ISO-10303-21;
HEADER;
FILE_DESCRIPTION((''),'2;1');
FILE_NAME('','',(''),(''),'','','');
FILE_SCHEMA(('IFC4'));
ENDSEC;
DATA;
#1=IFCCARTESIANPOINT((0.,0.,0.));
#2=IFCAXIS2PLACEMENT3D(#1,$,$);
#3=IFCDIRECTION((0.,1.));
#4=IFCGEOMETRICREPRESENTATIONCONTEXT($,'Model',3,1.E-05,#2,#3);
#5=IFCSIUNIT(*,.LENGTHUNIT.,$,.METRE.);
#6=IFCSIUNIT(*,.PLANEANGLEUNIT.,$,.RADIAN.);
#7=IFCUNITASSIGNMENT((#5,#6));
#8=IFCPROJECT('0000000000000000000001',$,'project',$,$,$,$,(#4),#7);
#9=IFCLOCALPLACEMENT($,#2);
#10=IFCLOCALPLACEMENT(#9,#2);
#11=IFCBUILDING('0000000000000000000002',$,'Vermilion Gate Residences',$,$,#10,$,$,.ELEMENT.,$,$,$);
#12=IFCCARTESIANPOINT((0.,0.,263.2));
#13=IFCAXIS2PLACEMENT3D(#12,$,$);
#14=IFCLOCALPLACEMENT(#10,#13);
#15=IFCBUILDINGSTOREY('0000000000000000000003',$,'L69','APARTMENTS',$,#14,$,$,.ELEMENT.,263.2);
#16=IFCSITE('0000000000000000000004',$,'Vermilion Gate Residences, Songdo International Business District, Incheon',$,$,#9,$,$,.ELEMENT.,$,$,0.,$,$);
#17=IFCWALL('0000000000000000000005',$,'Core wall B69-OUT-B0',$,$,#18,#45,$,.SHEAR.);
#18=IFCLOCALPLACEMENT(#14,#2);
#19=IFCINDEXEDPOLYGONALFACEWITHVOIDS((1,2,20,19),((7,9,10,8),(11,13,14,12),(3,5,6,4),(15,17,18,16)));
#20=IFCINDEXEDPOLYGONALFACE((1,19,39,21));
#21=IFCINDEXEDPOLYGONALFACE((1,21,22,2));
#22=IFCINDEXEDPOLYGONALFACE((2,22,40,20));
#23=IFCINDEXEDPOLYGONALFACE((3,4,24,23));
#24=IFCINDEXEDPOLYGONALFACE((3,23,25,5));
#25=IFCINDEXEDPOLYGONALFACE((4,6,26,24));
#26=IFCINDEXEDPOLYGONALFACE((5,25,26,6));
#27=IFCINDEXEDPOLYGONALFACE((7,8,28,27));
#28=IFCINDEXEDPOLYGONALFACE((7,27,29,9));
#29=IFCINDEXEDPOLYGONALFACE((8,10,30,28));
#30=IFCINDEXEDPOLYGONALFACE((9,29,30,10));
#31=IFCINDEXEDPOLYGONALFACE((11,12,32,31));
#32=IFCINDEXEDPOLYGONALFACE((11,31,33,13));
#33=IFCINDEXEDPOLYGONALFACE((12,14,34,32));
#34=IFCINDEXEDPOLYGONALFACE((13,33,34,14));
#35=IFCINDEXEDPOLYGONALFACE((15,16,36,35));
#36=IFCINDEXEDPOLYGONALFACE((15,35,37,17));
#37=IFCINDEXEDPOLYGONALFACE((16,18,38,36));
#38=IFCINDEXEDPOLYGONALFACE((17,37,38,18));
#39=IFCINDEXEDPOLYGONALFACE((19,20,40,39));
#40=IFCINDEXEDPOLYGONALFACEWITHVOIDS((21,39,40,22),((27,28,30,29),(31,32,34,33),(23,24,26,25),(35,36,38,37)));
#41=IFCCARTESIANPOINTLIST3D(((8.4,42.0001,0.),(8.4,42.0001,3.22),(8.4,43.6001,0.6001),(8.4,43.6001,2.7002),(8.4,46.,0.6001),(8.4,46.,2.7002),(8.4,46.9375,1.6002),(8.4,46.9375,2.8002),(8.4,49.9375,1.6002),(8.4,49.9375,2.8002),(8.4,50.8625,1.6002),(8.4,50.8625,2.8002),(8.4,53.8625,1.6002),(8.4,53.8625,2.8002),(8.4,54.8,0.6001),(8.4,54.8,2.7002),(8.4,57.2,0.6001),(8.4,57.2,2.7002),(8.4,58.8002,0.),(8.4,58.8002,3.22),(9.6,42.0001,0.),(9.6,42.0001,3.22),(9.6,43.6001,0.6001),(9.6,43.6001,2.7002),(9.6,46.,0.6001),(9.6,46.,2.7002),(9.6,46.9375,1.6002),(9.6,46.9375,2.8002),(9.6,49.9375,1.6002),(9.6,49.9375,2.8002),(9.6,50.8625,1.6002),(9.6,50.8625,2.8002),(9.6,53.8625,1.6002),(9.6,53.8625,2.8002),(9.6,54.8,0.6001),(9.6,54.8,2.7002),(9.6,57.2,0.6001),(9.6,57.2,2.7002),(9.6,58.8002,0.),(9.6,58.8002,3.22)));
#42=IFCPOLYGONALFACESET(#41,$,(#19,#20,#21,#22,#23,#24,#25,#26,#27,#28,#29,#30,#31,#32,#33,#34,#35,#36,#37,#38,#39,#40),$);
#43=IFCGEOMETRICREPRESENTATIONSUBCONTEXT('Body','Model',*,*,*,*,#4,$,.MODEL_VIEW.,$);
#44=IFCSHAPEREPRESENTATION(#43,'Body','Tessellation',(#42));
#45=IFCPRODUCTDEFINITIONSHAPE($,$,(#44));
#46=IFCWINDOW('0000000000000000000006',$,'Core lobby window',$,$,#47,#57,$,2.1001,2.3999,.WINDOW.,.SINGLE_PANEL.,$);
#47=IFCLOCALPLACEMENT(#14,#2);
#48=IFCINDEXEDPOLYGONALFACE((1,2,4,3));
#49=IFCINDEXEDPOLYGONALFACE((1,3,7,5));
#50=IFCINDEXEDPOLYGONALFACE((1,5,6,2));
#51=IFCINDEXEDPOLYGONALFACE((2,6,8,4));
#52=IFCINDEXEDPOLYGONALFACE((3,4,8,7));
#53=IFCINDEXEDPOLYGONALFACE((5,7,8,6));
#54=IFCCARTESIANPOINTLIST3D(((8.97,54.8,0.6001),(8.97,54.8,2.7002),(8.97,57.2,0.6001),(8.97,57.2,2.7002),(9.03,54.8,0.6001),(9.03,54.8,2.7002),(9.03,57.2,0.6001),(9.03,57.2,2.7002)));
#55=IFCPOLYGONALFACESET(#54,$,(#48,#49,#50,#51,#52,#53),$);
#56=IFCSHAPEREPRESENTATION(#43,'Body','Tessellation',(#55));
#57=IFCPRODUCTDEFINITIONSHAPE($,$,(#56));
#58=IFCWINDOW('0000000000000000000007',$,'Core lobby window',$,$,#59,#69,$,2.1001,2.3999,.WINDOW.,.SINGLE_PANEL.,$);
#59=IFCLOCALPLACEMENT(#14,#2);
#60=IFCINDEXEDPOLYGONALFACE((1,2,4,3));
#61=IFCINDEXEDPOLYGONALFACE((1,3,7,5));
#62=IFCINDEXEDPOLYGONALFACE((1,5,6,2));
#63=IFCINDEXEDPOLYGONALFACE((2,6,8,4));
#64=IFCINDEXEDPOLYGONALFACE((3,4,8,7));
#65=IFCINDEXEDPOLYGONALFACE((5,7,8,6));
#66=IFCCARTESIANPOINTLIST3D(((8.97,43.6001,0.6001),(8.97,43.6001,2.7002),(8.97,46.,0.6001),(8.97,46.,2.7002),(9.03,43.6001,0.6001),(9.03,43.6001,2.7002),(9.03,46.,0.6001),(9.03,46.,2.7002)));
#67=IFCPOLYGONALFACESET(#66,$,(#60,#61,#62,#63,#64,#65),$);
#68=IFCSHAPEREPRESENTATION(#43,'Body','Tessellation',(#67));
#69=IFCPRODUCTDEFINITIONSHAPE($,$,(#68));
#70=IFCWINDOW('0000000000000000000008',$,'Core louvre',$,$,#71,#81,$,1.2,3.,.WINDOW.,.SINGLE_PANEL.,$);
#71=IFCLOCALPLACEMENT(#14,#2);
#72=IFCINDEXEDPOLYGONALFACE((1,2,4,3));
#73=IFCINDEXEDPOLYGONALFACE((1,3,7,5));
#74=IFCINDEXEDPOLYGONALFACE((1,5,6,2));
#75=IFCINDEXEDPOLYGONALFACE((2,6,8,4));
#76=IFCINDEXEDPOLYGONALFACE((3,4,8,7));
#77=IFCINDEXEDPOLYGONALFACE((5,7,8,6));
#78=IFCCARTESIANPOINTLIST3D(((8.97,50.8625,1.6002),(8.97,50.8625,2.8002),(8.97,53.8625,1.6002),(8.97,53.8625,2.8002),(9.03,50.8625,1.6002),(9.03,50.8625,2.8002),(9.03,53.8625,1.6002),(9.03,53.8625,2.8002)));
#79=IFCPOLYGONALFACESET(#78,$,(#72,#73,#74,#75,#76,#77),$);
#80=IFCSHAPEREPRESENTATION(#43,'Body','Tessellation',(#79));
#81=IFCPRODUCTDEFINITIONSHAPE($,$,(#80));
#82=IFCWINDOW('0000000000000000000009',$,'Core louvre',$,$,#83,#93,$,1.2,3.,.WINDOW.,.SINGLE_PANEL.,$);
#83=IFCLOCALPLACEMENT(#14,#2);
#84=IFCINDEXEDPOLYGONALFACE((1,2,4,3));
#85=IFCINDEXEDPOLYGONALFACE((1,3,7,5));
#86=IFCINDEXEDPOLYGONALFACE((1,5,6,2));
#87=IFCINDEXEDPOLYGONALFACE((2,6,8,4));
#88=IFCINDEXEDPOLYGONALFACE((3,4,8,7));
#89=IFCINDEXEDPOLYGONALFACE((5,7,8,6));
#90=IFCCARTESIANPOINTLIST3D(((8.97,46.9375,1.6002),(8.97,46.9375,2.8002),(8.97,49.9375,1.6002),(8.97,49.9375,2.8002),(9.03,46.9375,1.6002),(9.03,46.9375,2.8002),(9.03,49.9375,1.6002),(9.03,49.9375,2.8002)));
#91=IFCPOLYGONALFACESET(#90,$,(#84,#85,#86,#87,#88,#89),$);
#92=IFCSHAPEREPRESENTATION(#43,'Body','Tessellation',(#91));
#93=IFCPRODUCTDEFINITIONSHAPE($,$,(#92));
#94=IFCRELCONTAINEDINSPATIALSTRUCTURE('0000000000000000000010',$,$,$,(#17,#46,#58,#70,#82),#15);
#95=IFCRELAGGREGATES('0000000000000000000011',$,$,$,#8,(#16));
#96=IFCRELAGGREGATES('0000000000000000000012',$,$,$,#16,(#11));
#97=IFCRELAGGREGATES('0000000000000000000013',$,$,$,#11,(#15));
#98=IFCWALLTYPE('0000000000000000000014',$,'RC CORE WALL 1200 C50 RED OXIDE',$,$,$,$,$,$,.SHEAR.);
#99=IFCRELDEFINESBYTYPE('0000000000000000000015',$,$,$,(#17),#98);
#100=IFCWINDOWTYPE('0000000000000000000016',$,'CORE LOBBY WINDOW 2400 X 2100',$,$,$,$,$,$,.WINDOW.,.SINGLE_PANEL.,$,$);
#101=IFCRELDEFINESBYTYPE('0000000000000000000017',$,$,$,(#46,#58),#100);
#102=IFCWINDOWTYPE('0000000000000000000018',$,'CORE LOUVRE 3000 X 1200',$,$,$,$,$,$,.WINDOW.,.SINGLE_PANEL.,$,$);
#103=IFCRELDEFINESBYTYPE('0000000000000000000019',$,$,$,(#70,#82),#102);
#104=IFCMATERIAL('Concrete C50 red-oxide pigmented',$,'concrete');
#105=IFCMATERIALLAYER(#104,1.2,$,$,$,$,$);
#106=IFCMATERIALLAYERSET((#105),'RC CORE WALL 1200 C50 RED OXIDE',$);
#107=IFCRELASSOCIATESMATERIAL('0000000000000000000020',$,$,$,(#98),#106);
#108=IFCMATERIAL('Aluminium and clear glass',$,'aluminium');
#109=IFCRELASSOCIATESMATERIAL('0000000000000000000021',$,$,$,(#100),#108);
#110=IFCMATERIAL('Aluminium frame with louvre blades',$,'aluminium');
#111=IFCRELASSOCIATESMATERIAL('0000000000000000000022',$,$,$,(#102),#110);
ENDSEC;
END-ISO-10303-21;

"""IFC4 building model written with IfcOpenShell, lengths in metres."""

from ifc_helpers import new_model, si_unit, direction, frame, frame_2d, origin, place, context, subcontext, project, spatial, rectangle, extrude, material, layer, layer_set, type_object, element, fill, save


model = new_model("IFC4")

# Units and contexts
model_context = context("Model", 3, precision=1e-05, world=origin(), true_north=direction((0.0, 1.0)))
body_context = subcontext(model_context, "Body", "Model", "MODEL_VIEW")
ifc_project = project(units=[si_unit("LENGTHUNIT", "METRE"), si_unit("PLANEANGLEUNIT", "RADIAN")], contexts=[model_context])

# Site, building, storey
site_placement = place(None, origin())
site = spatial("IfcSite", under=ifc_project, at=site_placement, Name="Vermilion Gate Residences, Songdo International Business District, Incheon", CompositionType="ELEMENT", RefElevation=0.0)
building_placement = place(site_placement, origin())
building = spatial("IfcBuilding", under=site, at=building_placement, Name="Vermilion Gate Residences", CompositionType="ELEMENT")
storey_placement = place(building_placement, frame((0.0, 0.0, 263.2)))
storey = spatial("IfcBuildingStorey", under=building, at=storey_placement, Name="L69", Description="APARTMENTS", CompositionType="ELEMENT", Elevation=263.2)

# Wall, openings, windows
ifc_material_1 = material(Name="Concrete C50 red-oxide pigmented", Category="concrete")
ifc_layer_1 = layer(ifc_material_1, 1.2)
ifc_layer_set_1 = layer_set([ifc_layer_1], Name="RC CORE WALL 1200 C50 RED OXIDE")
wall_type_1 = type_object("IfcWallType", Name="RC CORE WALL 1200 C50 RED OXIDE", PredefinedType="SHEAR", material=ifc_layer_set_1)
wall_1_placement = place(storey_placement, frame((9.0, 58.8, 0.0), z_axis=(0.0, 0.0, 1.0), x_axis=(0.0, -1.0, 0.0)))
wall_1 = element("IfcWall", 1, at=wall_1_placement, inside=storey, type_object=wall_type_1, Name="Core wall B69-OUT-B0", PredefinedType="SHEAR", context=body_context, shape_type="SweptSolid", body=[
    extrude(rectangle(XDim=16.8, YDim=1.2, at=frame_2d((8.3999, 0.0))), origin(), (0.0, 0.0, 1.0), 3.22),
])
opening_1_placement = place(wall_1_placement, frame((1.6001, 0.0, 0.6001)))
opening_1 = element("IfcOpeningElement", 2, at=opening_1_placement, cuts=wall_1, PredefinedType="OPENING", context=body_context, shape_type="SweptSolid", body=[
    extrude(rectangle(XDim=2.3999, YDim=2.1001, at=frame_2d((1.2, 1.05))), frame((0.0, 0.6099, 0.0), z_axis=(0.0, -1.0, 0.0), x_axis=(1.0, 0.0, 0.0)), (0.0, 0.0, 1.0), 1.22),
])
opening_2_placement = place(wall_1_placement, frame((4.9375, 0.0, 1.6001)))
opening_2 = element("IfcOpeningElement", 3, at=opening_2_placement, cuts=wall_1, PredefinedType="OPENING", context=body_context, shape_type="SweptSolid", body=[
    extrude(rectangle(XDim=3.0, YDim=1.2, at=frame_2d((1.5, 0.6001))), frame((0.0, 0.6099, 0.0), z_axis=(0.0, -1.0, 0.0), x_axis=(1.0, 0.0, 0.0)), (0.0, 0.0, 1.0), 1.22),
])
opening_3_placement = place(wall_1_placement, frame((8.8625, 0.0, 1.6001)))
opening_3 = element("IfcOpeningElement", 4, at=opening_3_placement, cuts=wall_1, PredefinedType="OPENING", context=body_context, shape_type="SweptSolid", body=[
    extrude(rectangle(XDim=3.0, YDim=1.2, at=frame_2d((1.5, 0.6001))), frame((0.0, 0.6099, 0.0), z_axis=(0.0, -1.0, 0.0), x_axis=(1.0, 0.0, 0.0)), (0.0, 0.0, 1.0), 1.22),
])
opening_4_placement = place(wall_1_placement, frame((12.8, 0.0, 0.6001)))
opening_4 = element("IfcOpeningElement", 5, at=opening_4_placement, cuts=wall_1, PredefinedType="OPENING", context=body_context, shape_type="SweptSolid", body=[
    extrude(rectangle(XDim=2.3999, YDim=2.1001, at=frame_2d((1.2, 1.05))), frame((0.0, 0.6099, 0.0), z_axis=(0.0, -1.0, 0.0), x_axis=(1.0, 0.0, 0.0)), (0.0, 0.0, 1.0), 1.22),
])
ifc_material_2 = material(Name="Aluminium and clear glass", Category="aluminium")
window_type_1 = type_object("IfcWindowType", Name="CORE LOBBY WINDOW 2400 X 2100", PartitioningType="SINGLE_PANEL", PredefinedType="WINDOW", material=ifc_material_2)
window_1_placement = place(opening_1_placement, origin())
window_1 = element("IfcWindow", 6, at=window_1_placement, inside=storey, type_object=window_type_1, Name="Core lobby window", OverallHeight=2.1001, OverallWidth=2.3999, PartitioningType="SINGLE_PANEL", PredefinedType="WINDOW", context=body_context, shape_type="SweptSolid", body=[
    extrude(rectangle(XDim=2.3999, YDim=2.1001, at=frame_2d((1.2, 1.05))), frame((0.0, 0.03, 0.0), z_axis=(0.0, -1.0, 0.0), x_axis=(1.0, 0.0, 0.0)), (0.0, 0.0, 1.0), 0.0601),
])
fill(opening_1, window_1)
window_2_placement = place(opening_4_placement, origin())
window_2 = element("IfcWindow", 7, at=window_2_placement, inside=storey, type_object=window_type_1, Name="Core lobby window", OverallHeight=2.1001, OverallWidth=2.3999, PartitioningType="SINGLE_PANEL", PredefinedType="WINDOW", context=body_context, shape_type="SweptSolid", body=[
    extrude(rectangle(XDim=2.3999, YDim=2.1001, at=frame_2d((1.2, 1.05))), frame((0.0, 0.03, 0.0), z_axis=(0.0, -1.0, 0.0), x_axis=(1.0, 0.0, 0.0)), (0.0, 0.0, 1.0), 0.0601),
])
fill(opening_4, window_2)
ifc_material_3 = material(Name="Aluminium frame with louvre blades", Category="aluminium")
window_type_2 = type_object("IfcWindowType", Name="CORE LOUVRE 3000 X 1200", PartitioningType="SINGLE_PANEL", PredefinedType="WINDOW", material=ifc_material_3)
window_3_placement = place(opening_2_placement, origin())
window_3 = element("IfcWindow", 8, at=window_3_placement, inside=storey, type_object=window_type_2, Name="Core louvre", OverallHeight=1.2, OverallWidth=3.0, PartitioningType="SINGLE_PANEL", PredefinedType="WINDOW", context=body_context, shape_type="SweptSolid", body=[
    extrude(rectangle(XDim=3.0, YDim=1.2, at=frame_2d((1.5, 0.6001))), frame((0.0, 0.03, 0.0), z_axis=(0.0, -1.0, 0.0), x_axis=(1.0, 0.0, 0.0)), (0.0, 0.0, 1.0), 0.0601),
])
fill(opening_2, window_3)
window_4_placement = place(opening_3_placement, origin())
window_4 = element("IfcWindow", 9, at=window_4_placement, inside=storey, type_object=window_type_2, Name="Core louvre", OverallHeight=1.2, OverallWidth=3.0, PartitioningType="SINGLE_PANEL", PredefinedType="WINDOW", context=body_context, shape_type="SweptSolid", body=[
    extrude(rectangle(XDim=3.0, YDim=1.2, at=frame_2d((1.5, 0.6001))), frame((0.0, 0.03, 0.0), z_axis=(0.0, -1.0, 0.0), x_axis=(1.0, 0.0, 0.0)), (0.0, 0.0, 1.0), 0.0601),
])
fill(opening_3, window_4)

save(model, "model.ifc")
